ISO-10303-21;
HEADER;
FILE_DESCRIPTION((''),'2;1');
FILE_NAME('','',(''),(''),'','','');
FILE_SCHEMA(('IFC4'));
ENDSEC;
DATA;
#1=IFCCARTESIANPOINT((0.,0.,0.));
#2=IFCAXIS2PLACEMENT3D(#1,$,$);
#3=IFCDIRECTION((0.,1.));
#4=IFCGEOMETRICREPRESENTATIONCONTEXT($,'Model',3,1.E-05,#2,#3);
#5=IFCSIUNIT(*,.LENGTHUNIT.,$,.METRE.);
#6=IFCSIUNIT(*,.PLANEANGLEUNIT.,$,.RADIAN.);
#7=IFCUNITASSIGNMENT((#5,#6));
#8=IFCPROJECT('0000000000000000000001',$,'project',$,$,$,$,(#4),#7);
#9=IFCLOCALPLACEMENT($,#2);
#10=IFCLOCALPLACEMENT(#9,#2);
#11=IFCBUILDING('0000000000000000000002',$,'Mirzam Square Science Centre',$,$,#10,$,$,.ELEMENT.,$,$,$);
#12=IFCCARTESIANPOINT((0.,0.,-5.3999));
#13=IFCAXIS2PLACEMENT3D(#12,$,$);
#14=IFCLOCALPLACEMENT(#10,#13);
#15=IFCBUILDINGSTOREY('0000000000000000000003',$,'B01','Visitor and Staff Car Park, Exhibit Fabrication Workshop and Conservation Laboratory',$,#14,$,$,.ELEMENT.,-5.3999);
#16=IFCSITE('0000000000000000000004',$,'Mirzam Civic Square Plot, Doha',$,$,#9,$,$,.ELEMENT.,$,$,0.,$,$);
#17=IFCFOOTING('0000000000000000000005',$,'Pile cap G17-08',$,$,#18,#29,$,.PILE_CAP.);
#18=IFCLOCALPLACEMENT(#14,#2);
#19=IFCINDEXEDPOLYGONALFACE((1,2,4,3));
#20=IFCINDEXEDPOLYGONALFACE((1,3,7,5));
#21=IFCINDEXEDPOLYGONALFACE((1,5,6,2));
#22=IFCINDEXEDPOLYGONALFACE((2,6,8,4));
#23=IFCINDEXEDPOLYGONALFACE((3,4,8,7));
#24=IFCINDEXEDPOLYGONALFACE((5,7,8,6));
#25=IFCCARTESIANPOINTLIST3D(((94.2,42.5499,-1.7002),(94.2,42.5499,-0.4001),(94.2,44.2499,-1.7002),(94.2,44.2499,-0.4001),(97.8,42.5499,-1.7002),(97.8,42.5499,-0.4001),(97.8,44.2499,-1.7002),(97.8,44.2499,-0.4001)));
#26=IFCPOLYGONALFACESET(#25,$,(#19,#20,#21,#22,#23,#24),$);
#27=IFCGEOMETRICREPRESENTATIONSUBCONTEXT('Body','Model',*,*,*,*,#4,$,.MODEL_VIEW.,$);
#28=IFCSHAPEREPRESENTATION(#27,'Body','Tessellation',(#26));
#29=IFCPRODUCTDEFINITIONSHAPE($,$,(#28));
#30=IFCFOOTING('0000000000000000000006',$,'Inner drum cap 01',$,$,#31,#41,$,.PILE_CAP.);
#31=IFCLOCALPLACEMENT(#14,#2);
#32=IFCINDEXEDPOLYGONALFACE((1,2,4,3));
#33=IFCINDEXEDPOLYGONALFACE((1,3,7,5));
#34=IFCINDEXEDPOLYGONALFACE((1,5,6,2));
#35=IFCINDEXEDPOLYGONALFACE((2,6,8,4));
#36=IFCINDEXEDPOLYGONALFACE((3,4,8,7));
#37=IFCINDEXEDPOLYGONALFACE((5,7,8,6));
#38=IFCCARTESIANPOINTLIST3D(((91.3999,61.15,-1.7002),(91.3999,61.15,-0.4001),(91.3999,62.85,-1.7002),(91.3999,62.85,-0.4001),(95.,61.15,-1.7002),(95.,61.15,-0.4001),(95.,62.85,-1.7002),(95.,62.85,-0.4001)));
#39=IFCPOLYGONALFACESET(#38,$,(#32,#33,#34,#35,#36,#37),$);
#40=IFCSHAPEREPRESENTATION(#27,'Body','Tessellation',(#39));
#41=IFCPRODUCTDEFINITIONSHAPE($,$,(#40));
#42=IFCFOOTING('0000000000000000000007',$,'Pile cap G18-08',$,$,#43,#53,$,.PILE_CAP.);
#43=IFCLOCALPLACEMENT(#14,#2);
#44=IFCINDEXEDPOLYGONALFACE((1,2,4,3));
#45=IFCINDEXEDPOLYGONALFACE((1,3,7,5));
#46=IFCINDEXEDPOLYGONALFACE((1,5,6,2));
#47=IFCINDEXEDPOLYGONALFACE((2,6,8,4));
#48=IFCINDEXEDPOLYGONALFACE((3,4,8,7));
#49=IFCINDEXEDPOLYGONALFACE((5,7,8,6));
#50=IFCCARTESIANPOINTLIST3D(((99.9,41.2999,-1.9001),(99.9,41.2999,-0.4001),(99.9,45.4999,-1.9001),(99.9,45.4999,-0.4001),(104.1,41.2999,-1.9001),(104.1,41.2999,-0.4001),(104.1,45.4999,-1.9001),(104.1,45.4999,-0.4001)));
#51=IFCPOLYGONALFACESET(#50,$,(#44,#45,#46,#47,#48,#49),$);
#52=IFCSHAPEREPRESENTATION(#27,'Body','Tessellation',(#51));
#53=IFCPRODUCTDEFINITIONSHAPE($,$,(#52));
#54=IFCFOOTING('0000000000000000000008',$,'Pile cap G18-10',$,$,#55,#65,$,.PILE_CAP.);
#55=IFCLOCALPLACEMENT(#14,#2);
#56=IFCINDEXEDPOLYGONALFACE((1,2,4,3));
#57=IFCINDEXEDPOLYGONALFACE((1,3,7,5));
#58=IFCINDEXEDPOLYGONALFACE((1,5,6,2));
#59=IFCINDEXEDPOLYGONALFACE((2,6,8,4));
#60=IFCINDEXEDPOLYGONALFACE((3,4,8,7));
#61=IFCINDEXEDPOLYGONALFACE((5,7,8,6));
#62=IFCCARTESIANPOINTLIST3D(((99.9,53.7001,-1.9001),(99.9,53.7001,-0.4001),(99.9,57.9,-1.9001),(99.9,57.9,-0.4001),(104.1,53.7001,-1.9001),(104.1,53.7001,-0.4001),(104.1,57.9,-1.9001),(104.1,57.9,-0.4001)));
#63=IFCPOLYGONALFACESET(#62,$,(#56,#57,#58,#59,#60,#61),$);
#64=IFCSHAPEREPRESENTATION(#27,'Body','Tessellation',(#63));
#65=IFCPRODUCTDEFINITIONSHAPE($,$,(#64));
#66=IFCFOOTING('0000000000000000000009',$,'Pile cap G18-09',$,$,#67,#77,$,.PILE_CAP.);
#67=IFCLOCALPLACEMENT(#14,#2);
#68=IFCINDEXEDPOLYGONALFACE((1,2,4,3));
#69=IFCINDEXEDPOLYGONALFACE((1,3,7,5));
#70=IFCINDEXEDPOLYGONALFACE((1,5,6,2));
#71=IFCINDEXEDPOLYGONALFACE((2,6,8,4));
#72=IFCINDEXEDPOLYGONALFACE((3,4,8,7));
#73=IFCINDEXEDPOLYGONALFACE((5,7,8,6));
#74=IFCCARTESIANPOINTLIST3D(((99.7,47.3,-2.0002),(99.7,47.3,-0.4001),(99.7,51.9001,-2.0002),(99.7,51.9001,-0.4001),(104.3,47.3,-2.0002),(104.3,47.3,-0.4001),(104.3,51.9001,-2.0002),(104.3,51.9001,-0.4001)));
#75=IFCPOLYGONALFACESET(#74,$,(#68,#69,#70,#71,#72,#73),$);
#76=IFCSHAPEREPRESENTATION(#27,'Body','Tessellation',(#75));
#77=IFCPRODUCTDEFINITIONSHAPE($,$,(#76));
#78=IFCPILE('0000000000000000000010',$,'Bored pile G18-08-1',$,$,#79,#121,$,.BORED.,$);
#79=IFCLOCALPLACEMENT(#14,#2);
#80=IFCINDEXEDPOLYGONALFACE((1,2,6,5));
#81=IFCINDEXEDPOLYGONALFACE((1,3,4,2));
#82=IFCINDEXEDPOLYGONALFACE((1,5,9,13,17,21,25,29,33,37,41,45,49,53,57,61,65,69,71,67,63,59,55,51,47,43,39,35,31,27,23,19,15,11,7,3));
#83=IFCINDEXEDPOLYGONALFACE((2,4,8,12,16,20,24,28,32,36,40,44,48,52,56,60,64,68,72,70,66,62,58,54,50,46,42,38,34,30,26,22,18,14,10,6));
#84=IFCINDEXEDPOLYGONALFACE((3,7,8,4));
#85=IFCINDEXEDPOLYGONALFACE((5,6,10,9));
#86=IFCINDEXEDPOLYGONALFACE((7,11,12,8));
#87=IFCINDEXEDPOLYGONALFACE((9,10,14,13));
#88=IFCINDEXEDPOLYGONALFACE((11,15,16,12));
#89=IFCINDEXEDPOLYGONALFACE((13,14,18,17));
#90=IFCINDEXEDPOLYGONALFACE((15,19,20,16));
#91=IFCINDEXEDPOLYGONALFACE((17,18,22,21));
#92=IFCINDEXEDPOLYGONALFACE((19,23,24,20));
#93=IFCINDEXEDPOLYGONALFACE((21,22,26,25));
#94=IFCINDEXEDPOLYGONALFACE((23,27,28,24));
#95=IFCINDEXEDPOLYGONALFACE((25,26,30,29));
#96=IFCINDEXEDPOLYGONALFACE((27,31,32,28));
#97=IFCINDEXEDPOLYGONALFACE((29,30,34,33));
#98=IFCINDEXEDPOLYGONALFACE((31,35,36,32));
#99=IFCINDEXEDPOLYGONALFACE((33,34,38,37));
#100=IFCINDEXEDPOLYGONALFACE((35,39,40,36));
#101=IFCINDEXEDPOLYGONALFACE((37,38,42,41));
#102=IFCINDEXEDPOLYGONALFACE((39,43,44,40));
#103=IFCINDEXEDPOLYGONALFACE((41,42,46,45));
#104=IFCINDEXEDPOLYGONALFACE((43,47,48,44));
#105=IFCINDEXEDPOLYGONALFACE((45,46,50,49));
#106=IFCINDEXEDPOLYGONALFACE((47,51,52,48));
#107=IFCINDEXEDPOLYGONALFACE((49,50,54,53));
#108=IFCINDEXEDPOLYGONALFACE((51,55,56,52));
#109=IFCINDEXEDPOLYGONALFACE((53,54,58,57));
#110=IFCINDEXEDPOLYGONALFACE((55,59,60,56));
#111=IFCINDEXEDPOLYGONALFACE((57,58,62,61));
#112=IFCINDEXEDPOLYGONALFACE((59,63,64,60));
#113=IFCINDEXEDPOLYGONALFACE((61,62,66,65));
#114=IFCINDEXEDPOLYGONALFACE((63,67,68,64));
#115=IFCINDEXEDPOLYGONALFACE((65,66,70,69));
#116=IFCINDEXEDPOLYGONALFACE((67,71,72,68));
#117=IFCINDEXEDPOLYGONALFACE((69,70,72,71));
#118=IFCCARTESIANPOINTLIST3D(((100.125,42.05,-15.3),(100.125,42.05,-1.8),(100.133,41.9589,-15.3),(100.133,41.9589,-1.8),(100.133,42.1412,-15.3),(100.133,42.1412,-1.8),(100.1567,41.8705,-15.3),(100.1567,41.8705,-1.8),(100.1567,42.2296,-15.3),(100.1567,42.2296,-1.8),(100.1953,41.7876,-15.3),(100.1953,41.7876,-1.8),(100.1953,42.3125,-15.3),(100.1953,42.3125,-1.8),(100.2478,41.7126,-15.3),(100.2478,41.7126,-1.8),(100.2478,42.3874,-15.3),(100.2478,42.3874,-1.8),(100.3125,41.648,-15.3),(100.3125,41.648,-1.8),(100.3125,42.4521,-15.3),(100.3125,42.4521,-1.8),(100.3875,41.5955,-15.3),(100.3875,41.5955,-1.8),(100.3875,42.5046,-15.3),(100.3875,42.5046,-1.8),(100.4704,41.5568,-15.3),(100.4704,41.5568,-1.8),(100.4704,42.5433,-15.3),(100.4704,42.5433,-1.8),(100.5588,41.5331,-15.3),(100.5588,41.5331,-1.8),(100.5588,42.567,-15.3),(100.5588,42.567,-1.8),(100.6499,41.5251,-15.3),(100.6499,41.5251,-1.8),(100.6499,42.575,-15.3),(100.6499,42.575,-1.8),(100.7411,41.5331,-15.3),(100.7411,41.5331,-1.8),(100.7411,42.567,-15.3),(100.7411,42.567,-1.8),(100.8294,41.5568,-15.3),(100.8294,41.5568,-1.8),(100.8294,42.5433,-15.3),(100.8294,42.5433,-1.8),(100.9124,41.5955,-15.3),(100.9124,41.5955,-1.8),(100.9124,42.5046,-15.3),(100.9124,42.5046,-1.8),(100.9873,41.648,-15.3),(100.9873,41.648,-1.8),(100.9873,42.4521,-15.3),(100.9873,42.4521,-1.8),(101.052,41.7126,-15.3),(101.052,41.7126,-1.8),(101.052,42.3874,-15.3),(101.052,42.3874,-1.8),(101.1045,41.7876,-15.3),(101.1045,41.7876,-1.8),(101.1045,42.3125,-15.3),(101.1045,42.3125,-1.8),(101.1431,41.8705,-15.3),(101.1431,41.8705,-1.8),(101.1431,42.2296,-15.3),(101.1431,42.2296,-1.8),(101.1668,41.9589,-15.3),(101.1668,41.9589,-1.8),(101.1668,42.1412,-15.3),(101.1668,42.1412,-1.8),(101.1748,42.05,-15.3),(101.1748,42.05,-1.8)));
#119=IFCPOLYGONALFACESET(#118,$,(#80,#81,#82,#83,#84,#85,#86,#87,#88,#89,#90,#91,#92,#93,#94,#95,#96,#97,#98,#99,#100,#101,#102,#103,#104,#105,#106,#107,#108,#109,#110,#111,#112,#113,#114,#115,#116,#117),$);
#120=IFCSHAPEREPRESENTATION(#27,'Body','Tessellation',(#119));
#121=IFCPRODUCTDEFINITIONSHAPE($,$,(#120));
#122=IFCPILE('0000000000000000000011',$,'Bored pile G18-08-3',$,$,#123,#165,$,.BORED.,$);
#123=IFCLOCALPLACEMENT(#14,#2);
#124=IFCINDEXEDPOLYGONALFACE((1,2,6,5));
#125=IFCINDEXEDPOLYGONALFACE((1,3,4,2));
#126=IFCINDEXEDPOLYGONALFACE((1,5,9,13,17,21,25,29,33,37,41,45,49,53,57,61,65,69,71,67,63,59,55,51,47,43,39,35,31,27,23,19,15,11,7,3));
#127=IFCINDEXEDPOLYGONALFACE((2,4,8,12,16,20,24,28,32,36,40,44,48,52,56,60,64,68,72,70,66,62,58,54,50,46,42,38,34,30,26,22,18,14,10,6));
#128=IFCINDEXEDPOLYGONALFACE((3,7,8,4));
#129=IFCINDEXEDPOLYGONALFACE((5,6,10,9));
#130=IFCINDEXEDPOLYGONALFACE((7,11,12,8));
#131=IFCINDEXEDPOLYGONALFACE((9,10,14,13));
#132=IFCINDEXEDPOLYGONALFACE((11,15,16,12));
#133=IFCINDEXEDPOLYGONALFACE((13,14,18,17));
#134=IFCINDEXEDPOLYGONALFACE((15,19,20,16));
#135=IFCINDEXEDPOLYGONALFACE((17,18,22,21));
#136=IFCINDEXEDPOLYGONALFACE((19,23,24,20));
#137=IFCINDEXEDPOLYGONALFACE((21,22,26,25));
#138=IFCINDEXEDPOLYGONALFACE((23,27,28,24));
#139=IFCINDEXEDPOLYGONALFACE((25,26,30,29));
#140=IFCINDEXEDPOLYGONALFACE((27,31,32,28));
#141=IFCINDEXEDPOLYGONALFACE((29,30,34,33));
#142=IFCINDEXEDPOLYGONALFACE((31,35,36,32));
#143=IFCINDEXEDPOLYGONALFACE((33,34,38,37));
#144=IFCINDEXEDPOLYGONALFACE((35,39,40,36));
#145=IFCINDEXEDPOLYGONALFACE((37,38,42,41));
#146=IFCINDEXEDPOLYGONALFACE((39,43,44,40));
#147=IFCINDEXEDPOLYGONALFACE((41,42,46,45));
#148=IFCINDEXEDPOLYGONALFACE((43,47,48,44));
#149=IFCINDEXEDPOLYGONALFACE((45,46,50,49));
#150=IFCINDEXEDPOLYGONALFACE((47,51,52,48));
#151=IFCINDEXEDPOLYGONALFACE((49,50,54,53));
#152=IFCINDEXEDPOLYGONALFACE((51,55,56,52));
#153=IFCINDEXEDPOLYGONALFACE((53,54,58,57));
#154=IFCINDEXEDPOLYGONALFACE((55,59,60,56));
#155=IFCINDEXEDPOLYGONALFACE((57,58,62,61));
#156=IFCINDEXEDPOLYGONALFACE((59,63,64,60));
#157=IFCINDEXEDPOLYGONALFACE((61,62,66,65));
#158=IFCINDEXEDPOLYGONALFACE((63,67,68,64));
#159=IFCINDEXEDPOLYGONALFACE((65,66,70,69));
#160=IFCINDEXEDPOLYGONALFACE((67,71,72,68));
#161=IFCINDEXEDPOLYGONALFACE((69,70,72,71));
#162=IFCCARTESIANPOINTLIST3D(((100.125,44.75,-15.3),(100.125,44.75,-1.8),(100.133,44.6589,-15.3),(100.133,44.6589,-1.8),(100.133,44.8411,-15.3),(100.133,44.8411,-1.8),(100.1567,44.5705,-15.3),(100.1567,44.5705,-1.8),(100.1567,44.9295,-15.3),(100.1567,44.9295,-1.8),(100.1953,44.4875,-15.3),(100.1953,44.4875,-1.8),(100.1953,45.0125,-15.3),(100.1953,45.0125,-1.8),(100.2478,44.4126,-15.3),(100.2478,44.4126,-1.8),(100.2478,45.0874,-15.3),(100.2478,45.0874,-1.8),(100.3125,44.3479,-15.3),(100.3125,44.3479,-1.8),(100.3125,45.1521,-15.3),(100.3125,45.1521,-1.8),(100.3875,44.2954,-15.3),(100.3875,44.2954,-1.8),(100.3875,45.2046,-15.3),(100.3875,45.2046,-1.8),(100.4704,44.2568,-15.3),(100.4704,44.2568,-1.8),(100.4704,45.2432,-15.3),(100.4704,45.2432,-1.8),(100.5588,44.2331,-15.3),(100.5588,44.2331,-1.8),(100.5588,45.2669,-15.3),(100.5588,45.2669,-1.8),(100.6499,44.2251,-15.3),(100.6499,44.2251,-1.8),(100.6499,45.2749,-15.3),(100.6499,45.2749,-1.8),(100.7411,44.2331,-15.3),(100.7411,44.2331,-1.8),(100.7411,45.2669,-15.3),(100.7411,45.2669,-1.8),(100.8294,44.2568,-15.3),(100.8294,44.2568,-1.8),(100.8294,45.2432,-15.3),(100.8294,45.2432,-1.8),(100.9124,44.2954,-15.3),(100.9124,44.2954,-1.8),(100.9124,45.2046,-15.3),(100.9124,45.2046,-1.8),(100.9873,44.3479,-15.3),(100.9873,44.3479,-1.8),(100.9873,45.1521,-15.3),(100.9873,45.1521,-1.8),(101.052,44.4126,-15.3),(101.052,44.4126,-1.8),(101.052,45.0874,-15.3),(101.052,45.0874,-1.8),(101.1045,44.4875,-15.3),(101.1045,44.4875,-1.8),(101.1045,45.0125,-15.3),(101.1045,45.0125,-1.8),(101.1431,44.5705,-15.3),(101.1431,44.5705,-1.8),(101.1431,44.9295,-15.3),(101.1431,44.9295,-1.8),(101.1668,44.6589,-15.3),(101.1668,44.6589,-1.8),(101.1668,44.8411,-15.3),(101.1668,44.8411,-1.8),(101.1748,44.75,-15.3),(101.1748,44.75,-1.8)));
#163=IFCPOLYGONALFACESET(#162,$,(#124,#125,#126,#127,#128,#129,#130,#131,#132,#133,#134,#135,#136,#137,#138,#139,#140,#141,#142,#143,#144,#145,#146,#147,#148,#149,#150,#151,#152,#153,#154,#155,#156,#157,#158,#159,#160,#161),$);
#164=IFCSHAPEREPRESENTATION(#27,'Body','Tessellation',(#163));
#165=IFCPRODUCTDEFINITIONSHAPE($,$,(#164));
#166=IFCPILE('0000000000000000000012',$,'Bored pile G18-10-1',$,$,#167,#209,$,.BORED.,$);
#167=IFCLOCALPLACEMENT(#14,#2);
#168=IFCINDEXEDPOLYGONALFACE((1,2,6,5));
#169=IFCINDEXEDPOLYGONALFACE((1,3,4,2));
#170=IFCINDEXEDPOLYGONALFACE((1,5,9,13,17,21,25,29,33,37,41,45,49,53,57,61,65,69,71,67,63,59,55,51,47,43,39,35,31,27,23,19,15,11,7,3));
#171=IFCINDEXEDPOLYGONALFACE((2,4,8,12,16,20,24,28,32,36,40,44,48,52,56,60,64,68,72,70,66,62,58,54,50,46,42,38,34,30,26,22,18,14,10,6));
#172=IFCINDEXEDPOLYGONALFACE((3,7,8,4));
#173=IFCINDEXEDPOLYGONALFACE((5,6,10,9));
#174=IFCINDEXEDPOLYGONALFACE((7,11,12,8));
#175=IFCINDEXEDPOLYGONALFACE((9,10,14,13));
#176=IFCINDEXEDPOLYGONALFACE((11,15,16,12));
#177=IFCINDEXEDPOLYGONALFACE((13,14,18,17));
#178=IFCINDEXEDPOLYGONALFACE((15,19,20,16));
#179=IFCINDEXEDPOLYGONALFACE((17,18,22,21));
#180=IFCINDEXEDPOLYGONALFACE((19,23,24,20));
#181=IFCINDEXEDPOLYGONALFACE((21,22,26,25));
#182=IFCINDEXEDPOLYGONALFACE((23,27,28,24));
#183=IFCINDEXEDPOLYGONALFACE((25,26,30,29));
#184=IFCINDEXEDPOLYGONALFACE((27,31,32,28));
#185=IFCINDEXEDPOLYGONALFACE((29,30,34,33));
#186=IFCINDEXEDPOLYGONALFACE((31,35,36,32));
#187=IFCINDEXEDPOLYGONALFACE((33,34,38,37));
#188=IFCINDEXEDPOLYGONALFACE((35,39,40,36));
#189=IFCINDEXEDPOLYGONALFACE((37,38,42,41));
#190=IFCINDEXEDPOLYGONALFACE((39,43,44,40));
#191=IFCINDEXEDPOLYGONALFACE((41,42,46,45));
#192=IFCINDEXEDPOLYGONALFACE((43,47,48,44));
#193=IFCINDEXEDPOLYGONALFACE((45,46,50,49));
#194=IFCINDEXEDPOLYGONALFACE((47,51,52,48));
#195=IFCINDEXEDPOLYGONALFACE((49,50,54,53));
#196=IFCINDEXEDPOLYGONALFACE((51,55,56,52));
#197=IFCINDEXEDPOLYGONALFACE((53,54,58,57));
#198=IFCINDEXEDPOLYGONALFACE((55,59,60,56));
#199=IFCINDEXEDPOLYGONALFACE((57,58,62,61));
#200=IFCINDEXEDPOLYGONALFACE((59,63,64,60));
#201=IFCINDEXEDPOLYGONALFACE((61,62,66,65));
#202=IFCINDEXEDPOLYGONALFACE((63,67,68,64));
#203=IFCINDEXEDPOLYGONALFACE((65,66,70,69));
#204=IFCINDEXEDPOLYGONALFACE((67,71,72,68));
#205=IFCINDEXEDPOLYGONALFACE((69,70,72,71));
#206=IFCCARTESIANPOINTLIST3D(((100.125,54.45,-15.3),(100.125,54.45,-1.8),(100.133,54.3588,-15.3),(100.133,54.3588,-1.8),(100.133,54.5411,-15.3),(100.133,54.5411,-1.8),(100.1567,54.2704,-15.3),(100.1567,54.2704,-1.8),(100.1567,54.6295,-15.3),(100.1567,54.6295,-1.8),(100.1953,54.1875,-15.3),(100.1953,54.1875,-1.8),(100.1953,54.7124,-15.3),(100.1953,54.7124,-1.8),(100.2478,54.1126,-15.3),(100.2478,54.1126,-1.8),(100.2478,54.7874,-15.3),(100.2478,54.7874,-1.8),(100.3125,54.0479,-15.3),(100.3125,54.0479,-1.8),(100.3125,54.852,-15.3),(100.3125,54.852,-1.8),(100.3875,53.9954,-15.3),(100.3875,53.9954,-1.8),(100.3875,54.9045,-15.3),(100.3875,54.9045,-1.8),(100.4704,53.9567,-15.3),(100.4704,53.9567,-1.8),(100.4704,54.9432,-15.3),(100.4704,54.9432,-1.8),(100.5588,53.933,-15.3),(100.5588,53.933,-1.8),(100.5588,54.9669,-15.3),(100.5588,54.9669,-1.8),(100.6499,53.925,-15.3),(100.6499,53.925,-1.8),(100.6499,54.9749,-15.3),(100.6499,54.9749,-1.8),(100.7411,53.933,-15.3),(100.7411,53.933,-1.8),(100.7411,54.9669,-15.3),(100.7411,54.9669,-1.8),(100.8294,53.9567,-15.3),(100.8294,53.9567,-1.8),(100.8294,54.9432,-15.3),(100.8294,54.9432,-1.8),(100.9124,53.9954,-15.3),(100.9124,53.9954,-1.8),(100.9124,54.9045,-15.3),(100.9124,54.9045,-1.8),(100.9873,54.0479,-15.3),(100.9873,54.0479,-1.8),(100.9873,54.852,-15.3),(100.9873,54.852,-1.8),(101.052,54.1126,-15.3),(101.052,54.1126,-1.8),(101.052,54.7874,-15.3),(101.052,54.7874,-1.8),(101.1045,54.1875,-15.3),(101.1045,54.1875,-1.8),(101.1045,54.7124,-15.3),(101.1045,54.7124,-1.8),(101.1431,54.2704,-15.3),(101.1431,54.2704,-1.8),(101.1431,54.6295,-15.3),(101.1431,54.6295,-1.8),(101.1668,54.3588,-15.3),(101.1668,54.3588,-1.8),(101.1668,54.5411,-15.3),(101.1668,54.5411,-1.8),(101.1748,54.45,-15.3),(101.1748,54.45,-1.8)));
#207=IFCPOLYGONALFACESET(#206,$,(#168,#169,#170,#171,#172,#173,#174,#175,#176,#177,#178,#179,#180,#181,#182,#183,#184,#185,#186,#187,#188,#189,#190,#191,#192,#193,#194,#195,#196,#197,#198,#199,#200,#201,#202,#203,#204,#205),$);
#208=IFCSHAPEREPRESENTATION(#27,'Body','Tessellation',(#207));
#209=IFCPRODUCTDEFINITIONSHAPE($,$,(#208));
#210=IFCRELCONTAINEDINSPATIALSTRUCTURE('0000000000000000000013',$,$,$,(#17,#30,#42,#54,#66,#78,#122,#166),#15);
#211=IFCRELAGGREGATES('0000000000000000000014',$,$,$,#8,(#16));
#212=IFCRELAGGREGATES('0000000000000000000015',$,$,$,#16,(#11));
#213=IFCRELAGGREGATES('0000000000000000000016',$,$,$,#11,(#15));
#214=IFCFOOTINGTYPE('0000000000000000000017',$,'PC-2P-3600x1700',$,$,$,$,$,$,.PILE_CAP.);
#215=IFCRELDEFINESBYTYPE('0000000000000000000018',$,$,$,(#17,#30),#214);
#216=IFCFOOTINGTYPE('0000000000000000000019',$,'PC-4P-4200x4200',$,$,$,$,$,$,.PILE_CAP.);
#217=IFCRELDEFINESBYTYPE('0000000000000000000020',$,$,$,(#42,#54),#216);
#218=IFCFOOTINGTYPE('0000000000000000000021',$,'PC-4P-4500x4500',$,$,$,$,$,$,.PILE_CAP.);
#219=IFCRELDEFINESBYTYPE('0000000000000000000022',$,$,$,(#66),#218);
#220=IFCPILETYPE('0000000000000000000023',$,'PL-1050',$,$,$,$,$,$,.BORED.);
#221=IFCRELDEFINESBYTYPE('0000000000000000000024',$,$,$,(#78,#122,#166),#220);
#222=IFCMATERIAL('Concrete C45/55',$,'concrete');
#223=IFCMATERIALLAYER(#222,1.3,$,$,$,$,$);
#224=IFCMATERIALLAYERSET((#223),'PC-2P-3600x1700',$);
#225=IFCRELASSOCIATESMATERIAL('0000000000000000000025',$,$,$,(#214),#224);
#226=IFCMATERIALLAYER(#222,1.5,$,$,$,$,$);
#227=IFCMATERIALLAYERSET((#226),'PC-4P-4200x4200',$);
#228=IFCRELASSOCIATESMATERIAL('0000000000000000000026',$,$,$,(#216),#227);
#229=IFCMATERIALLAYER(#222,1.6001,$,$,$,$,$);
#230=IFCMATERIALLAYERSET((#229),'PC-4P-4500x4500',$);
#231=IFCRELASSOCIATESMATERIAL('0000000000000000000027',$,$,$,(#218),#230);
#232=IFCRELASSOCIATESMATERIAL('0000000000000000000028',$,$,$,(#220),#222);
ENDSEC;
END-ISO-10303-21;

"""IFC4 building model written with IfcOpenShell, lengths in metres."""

from ifc_helpers import new_model, si_unit, direction, frame, origin, origin_2d, place, context, subcontext, project, spatial, rectangle, circle, extrude, material, layer, layer_set, material_profile, profile_set, type_object, element, save


model = new_model("IFC4")

# Units and contexts
model_context = context("Model", 3, precision=1e-05, world=origin(), true_north=direction((0.0, 1.0)))
body_context = subcontext(model_context, "Body", "Model", "MODEL_VIEW")
ifc_project = project(units=[si_unit("LENGTHUNIT", "METRE"), si_unit("PLANEANGLEUNIT", "RADIAN")], contexts=[model_context])

# Site, building, storey
site_placement = place(None, origin())
site = spatial("IfcSite", under=ifc_project, at=site_placement, Name="Mirzam Civic Square Plot, Doha", CompositionType="ELEMENT", RefElevation=0.0)
building_placement = place(site_placement, origin())
building = spatial("IfcBuilding", under=site, at=building_placement, Name="Mirzam Square Science Centre", CompositionType="ELEMENT")
storey_placement = place(building_placement, frame((0.0, 0.0, -5.3999)))
storey = spatial("IfcBuildingStorey", under=building, at=storey_placement, Name="B01", Description="Visitor and Staff Car Park, Exhibit Fabrication Workshop and Conservation Laboratory", CompositionType="ELEMENT", Elevation=-5.3999)

# Footings
ifc_material_1 = material(Name="Concrete C45/55", Category="concrete")
ifc_layer_1 = layer(ifc_material_1, 1.3)
ifc_layer_set_1 = layer_set([ifc_layer_1], Name="PC-2P-3600x1700")
footing_type_1 = type_object("IfcFootingType", Name="PC-2P-3600x1700", PredefinedType="PILE_CAP", material=ifc_layer_set_1)
for number, where, z_axis, x_axis, name in (
    (1, (96.0, 43.3999, -1.7002), (0.0, 0.0, 1.0), (1.0, 0.0, 0.0), "Pile cap G17-08"),
    (2, (93.2, 62.0, -1.7002), (0.0, 0.0, 1.0), (1.0, 0.0, 0.0), "Inner drum cap 01"),
):
    element("IfcFooting", number, at=place(storey_placement, frame(where, z_axis=z_axis, x_axis=x_axis)), inside=storey, type_object=footing_type_1, Name=name, PredefinedType="PILE_CAP", context=body_context, shape_type="SweptSolid", body=[
        extrude(rectangle(XDim=3.6001, YDim=1.7, at=origin_2d()), origin(), (0.0, 0.0, 1.0), 1.3),
    ])
ifc_layer_2 = layer(ifc_material_1, 1.5)
ifc_layer_set_2 = layer_set([ifc_layer_2], Name="PC-4P-4200x4200")
footing_type_2 = type_object("IfcFootingType", Name="PC-4P-4200x4200", PredefinedType="PILE_CAP", material=ifc_layer_set_2)
for number, where, z_axis, x_axis, name in (
    (3, (102.0, 43.3999, -1.9001), (0.0, 0.0, 1.0), (1.0, 0.0, 0.0), "Pile cap G18-08"),
    (4, (102.0, 55.8, -1.9001), (0.0, 0.0, 1.0), (1.0, 0.0, 0.0), "Pile cap G18-10"),
):
    element("IfcFooting", number, at=place(storey_placement, frame(where, z_axis=z_axis, x_axis=x_axis)), inside=storey, type_object=footing_type_2, Name=name, PredefinedType="PILE_CAP", context=body_context, shape_type="SweptSolid", body=[
        extrude(rectangle(XDim=4.2, YDim=4.2, at=origin_2d()), origin(), (0.0, 0.0, 1.0), 1.5),
    ])
ifc_layer_3 = layer(ifc_material_1, 1.6001)
ifc_layer_set_3 = layer_set([ifc_layer_3], Name="PC-4P-4500x4500")
footing_type_3 = type_object("IfcFootingType", Name="PC-4P-4500x4500", PredefinedType="PILE_CAP", material=ifc_layer_set_3)
footing_placement = place(storey_placement, frame((102.0, 49.6001, -2.0002), z_axis=(0.0, 0.0, 1.0), x_axis=(1.0, 0.0, 0.0)))
element("IfcFooting", 5, at=footing_placement, inside=storey, type_object=footing_type_3, Name="Pile cap G18-09", PredefinedType="PILE_CAP", context=body_context, shape_type="SweptSolid", body=[
    extrude(rectangle(XDim=4.6001, YDim=4.6001, at=origin_2d()), origin(), (0.0, 0.0, 1.0), 1.6001),
])

# Piles
ifc_material_profile_1 = material_profile(ifc_material_1, circle(Radius=0.5249, at=origin_2d()), Name="PILE-D1050")
ifc_profile_set_1 = profile_set([ifc_material_profile_1], Name="Concrete C45/55")
pile_type_1 = type_object("IfcPileType", Name="PL-1050", PredefinedType="BORED", material=ifc_profile_set_1)
for number, where, z_axis, x_axis, name in (
    (6, (100.6499, 42.05, -1.8), (0.0, 0.0, -1.0), (1.0, 0.0, 0.0), "Bored pile G18-08-1"),
    (7, (100.6499, 44.75, -1.8), (0.0, 0.0, -1.0), (1.0, 0.0, 0.0), "Bored pile G18-08-3"),
    (8, (100.6499, 54.45, -1.8), (0.0, 0.0, -1.0), (1.0, 0.0, 0.0), "Bored pile G18-10-1"),
):
    element("IfcPile", number, at=place(storey_placement, frame(where, z_axis=z_axis, x_axis=x_axis)), inside=storey, type_object=pile_type_1, Name=name, PredefinedType="BORED", context=body_context, shape_type="SweptSolid", body=[
        extrude(circle(Radius=0.5249, at=origin_2d()), origin(), (0.0, 0.0, 1.0), 13.5),
    ])

save(model, "model.ifc")
